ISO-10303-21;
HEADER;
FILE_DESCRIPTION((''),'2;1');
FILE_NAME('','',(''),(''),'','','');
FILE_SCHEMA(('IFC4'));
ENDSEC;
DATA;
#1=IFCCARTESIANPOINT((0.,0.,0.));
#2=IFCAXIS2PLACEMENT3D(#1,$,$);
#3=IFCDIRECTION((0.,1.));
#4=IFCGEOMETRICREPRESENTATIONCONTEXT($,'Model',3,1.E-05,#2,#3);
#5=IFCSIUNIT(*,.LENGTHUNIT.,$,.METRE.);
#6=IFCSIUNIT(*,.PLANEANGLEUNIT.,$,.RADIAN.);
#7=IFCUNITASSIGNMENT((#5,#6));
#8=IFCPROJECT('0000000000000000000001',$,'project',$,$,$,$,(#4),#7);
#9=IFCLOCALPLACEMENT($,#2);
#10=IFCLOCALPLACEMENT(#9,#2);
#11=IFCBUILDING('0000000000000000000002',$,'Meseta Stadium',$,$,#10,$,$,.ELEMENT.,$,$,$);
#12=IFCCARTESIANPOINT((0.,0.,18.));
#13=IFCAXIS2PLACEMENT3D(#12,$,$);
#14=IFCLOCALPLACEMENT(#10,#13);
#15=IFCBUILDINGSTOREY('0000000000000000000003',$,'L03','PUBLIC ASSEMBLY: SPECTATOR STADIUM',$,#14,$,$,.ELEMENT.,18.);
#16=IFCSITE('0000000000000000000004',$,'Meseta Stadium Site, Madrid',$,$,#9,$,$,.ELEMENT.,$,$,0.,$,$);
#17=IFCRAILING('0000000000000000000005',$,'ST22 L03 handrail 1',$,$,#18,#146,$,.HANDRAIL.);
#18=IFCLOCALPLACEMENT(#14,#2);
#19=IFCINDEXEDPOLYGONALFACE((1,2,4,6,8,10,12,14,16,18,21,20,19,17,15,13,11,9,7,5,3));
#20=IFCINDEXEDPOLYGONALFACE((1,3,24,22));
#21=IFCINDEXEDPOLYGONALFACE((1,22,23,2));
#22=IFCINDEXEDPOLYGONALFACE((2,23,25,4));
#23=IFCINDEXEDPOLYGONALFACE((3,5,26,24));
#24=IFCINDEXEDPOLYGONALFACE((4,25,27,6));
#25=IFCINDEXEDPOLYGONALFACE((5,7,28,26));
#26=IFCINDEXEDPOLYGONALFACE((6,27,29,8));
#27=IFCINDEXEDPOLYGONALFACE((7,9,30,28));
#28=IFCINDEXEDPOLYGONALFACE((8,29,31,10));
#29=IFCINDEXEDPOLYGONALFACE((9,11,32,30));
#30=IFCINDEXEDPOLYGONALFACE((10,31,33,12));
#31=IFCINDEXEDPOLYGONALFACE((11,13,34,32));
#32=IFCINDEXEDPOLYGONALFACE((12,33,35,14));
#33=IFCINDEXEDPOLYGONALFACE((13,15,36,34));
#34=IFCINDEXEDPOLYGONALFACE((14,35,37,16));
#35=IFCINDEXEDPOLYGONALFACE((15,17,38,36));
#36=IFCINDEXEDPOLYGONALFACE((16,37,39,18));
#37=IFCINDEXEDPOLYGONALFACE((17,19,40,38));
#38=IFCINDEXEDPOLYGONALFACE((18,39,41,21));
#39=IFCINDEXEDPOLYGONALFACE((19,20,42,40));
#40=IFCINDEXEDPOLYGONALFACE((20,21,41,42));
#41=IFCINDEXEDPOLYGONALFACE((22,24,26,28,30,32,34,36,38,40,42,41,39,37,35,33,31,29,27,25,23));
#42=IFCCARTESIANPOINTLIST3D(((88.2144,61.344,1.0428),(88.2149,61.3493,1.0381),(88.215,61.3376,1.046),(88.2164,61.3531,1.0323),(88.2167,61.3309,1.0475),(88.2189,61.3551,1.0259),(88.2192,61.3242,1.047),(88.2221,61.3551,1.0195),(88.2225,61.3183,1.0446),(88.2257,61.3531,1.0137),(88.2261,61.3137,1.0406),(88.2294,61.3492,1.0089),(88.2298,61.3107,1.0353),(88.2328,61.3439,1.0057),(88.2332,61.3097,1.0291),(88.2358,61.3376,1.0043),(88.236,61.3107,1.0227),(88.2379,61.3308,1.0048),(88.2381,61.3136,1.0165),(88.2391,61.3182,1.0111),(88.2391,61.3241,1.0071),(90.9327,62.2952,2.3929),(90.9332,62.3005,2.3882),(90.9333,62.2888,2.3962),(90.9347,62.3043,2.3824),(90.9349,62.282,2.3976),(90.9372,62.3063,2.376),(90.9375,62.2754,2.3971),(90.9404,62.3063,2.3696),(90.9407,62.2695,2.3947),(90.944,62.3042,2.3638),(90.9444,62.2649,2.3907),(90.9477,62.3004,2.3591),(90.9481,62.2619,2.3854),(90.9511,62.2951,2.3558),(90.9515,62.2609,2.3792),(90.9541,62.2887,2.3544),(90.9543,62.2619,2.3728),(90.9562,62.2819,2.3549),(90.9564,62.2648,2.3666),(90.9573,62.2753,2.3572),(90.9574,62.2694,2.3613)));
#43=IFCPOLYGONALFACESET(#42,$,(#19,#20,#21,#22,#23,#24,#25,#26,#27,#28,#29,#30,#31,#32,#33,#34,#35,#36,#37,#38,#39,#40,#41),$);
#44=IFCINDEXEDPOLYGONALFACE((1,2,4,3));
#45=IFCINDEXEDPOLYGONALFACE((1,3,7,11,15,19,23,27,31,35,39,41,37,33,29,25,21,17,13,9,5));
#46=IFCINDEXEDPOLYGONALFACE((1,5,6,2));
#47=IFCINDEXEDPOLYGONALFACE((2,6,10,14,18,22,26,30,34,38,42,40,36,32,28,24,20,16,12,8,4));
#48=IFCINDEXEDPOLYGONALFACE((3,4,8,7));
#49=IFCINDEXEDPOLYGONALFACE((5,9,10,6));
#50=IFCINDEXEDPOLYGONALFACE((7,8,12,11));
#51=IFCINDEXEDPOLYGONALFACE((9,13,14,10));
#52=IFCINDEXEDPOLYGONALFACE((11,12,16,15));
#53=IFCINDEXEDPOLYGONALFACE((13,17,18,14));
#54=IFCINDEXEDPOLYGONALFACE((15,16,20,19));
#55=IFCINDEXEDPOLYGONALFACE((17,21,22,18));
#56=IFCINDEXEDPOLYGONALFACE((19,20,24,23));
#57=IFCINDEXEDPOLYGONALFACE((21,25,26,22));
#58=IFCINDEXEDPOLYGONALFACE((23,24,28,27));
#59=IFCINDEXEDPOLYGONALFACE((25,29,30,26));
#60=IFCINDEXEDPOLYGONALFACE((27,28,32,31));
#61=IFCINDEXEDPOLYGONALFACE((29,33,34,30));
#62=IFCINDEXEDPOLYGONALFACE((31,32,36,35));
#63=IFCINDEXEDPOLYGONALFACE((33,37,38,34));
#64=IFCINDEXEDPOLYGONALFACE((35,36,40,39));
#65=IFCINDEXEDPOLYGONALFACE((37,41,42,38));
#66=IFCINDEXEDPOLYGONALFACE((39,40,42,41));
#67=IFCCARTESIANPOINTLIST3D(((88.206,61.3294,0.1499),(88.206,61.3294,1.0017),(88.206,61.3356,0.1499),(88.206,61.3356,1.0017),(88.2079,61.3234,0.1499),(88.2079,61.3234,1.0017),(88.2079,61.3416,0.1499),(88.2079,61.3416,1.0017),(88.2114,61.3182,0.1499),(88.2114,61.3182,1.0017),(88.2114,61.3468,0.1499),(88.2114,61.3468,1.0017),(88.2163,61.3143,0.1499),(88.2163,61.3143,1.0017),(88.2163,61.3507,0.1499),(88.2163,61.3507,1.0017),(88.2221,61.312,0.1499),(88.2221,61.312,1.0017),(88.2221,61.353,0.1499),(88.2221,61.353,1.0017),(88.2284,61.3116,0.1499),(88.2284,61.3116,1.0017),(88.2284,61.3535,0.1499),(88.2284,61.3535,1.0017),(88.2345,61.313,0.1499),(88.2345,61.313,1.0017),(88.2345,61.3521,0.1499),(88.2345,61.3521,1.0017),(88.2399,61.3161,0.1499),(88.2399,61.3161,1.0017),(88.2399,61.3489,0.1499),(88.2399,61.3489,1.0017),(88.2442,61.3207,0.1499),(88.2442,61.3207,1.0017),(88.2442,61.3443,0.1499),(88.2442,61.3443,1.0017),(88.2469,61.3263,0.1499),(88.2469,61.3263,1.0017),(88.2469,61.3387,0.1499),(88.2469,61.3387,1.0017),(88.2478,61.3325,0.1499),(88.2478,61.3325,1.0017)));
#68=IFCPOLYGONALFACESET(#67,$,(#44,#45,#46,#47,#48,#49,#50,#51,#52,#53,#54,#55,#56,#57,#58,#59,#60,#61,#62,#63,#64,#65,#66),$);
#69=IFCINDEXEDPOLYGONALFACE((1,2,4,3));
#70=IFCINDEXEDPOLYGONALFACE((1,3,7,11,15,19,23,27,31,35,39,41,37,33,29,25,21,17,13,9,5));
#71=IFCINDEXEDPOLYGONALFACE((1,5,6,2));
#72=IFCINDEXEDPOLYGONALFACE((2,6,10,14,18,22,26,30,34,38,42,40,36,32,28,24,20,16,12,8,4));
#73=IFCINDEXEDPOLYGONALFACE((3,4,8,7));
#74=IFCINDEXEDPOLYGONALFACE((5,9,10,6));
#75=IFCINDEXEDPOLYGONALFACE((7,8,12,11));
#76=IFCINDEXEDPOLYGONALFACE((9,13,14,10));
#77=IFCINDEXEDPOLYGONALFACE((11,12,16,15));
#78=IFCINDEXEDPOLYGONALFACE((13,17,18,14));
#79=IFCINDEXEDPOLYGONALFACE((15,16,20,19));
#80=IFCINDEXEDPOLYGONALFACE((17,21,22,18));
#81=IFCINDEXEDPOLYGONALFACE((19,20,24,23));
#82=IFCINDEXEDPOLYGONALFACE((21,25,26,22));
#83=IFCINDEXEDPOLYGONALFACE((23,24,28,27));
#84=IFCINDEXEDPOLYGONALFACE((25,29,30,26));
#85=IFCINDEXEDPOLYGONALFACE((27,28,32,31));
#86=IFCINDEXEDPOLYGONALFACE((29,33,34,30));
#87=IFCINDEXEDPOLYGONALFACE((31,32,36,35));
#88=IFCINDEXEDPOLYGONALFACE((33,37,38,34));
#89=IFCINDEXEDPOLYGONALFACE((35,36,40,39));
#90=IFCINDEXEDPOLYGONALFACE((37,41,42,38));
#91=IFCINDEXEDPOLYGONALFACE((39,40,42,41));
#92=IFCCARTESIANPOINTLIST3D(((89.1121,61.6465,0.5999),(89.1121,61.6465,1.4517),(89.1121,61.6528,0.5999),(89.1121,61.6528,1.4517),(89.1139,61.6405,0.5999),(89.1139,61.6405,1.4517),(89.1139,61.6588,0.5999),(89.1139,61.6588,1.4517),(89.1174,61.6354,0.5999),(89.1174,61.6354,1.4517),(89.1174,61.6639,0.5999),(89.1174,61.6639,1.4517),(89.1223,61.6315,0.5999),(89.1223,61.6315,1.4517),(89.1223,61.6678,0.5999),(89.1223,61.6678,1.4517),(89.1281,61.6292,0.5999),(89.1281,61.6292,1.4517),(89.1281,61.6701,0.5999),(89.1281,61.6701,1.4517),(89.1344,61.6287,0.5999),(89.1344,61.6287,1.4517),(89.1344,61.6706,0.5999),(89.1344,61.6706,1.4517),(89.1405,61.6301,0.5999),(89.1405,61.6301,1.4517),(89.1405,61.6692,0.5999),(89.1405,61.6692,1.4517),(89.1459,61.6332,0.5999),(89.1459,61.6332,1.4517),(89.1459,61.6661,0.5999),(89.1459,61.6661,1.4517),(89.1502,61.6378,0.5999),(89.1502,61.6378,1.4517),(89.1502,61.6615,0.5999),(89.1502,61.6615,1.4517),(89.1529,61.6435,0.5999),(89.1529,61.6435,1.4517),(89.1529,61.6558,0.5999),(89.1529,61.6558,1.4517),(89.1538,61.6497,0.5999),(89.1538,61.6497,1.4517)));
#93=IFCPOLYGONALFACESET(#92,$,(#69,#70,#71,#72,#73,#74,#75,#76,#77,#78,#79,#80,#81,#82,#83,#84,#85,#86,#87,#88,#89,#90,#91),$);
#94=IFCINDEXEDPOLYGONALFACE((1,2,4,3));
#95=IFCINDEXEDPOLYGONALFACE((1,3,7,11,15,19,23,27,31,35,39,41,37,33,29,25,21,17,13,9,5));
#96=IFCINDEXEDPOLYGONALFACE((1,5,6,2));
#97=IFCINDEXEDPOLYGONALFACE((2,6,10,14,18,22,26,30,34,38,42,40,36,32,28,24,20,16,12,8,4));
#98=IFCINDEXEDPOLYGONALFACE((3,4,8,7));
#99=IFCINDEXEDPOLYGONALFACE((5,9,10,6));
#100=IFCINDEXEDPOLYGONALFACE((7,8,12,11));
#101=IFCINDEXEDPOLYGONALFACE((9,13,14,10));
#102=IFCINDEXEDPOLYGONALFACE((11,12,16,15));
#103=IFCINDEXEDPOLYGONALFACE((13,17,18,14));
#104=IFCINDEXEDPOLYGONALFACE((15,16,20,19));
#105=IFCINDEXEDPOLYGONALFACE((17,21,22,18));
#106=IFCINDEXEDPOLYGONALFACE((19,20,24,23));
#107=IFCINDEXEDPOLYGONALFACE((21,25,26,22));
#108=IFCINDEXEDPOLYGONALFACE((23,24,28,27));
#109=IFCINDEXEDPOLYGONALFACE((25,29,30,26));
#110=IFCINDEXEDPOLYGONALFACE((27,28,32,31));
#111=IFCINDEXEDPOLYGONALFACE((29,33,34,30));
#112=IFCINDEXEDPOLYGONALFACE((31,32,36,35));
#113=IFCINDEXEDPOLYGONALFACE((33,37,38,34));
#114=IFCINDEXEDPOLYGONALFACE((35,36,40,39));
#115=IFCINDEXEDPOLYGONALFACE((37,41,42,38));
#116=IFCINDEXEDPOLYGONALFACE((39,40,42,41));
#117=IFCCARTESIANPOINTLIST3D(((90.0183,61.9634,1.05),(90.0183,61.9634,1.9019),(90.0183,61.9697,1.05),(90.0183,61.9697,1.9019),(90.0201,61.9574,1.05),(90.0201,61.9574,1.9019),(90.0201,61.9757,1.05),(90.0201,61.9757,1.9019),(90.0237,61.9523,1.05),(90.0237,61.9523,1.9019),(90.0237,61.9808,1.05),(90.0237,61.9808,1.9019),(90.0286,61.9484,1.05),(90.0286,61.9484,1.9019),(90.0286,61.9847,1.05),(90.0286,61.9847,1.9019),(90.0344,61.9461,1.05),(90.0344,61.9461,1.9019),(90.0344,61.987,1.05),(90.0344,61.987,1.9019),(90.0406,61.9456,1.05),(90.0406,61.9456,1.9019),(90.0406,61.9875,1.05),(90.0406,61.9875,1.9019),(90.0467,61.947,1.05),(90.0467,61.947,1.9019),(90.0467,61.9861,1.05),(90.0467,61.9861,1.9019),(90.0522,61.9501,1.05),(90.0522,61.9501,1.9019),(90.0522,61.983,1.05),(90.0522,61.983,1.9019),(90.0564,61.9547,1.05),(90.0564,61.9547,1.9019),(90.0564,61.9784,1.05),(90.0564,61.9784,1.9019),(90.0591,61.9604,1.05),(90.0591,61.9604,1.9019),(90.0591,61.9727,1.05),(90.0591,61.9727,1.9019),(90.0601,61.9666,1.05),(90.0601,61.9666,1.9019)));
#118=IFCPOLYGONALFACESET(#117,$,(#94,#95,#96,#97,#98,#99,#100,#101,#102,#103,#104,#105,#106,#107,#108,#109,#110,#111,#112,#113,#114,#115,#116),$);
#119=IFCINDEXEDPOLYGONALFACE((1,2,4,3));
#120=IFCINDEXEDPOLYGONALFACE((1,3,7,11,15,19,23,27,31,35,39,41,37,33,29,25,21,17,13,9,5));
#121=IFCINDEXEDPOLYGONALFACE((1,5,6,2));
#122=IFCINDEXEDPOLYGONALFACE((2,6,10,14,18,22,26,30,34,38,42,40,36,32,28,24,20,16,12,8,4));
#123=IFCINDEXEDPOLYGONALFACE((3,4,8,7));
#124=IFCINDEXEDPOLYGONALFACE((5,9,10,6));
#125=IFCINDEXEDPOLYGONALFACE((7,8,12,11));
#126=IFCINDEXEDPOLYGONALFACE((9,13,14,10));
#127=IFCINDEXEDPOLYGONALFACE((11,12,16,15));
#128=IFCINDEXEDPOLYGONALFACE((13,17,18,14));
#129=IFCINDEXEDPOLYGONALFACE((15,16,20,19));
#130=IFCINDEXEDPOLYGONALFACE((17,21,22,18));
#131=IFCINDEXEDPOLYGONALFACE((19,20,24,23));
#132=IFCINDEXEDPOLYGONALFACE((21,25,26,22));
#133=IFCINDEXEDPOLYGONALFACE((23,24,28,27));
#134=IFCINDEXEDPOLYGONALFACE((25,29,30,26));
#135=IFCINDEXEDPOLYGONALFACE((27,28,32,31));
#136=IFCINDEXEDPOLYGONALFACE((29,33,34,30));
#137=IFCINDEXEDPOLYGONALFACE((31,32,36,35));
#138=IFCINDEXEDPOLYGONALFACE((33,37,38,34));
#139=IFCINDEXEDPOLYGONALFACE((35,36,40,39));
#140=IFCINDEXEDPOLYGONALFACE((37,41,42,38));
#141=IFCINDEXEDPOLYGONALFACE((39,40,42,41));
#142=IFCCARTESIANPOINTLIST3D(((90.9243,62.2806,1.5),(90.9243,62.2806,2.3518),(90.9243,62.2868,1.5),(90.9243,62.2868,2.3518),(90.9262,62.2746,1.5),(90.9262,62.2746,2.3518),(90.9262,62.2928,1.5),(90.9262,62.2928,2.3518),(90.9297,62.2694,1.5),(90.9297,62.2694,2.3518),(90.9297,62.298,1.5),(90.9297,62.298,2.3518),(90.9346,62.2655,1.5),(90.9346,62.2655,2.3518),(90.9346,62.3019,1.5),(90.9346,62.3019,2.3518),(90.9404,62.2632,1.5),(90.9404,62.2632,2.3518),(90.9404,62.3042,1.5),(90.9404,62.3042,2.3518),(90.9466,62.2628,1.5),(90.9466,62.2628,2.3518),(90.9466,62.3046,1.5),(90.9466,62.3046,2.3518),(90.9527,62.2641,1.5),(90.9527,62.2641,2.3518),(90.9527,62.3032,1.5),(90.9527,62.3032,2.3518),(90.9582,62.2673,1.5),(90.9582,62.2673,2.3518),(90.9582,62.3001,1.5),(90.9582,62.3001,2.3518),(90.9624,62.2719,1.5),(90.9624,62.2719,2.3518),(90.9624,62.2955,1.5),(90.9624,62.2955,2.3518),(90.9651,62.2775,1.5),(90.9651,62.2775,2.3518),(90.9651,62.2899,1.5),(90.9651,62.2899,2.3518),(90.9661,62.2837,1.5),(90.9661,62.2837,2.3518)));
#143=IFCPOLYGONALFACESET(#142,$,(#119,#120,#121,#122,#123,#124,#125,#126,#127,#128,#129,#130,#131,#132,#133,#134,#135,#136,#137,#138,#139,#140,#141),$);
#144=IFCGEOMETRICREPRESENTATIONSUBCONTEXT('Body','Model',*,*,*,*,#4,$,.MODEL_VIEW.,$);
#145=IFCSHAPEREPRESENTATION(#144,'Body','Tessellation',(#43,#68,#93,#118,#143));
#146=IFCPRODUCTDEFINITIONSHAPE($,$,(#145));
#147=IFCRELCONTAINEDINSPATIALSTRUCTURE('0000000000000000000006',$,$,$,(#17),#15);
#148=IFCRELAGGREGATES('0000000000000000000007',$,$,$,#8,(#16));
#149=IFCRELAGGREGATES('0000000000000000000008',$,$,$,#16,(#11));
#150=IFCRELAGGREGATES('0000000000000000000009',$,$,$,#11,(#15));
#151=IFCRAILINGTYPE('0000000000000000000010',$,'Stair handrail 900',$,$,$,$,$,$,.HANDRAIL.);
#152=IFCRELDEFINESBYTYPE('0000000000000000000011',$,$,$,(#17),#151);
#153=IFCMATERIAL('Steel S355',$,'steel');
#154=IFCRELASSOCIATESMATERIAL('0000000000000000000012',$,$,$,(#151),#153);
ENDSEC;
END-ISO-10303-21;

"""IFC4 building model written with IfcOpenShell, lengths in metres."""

from ifc_helpers import new_model, si_unit, direction, frame, origin, origin_2d, place, context, subcontext, project, spatial, circle, extrude, material, type_object, element, save


model = new_model("IFC4")

# Units and contexts
model_context = context("Model", 3, precision=1e-05, world=origin(), true_north=direction((0.0, 1.0)))
body_context = subcontext(model_context, "Body", "Model", "MODEL_VIEW")
ifc_project = project(units=[si_unit("LENGTHUNIT", "METRE"), si_unit("PLANEANGLEUNIT", "RADIAN")], contexts=[model_context])

# Site, building, storey
site_placement = place(None, origin())
site = spatial("IfcSite", under=ifc_project, at=site_placement, Name="Meseta Stadium Site, Madrid", CompositionType="ELEMENT", RefElevation=0.0)
building_placement = place(site_placement, origin())
building = spatial("IfcBuilding", under=site, at=building_placement, Name="Meseta Stadium", CompositionType="ELEMENT")
storey_placement = place(building_placement, frame((0.0, 0.0, 18.0)))
storey = spatial("IfcBuildingStorey", under=building, at=storey_placement, Name="L03", Description="PUBLIC ASSEMBLY: SPECTATOR STADIUM", CompositionType="ELEMENT", Elevation=18.0)

# Railing
ifc_material_1 = material(Name="Steel S355", Category="steel")
railing_type_1 = type_object("IfcRailingType", Name="Stair handrail 900", PredefinedType="HANDRAIL", material=ifc_material_1)
for number, where, name in (
    (1, (88.2268, 61.3325, 0.1499), "ST22 L03 handrail 1"),
):
    element("IfcRailing", number, at=place(storey_placement, frame(where)), inside=storey, type_object=railing_type_1, Name=name, PredefinedType="HANDRAIL", context=body_context, shape_type="SweptSolid", body=[
        extrude(circle(Radius=0.0239, at=origin_2d()), frame((0.0, 0.0, 0.876), z_axis=(0.854629, 0.299051, 0.424474), x_axis=(-0.330282, 0.943882, 0.0)), (0.0, 0.0, 1.0), 3.1807),
        extrude(circle(Radius=0.021, at=origin_2d()), origin(), (0.0, 0.0, 1.0), 0.8518),
        extrude(circle(Radius=0.021, at=origin_2d()), frame((0.906, 0.3171, 0.45)), (0.0, 0.0, 1.0), 0.8518),
        extrude(circle(Radius=0.021, at=origin_2d()), frame((1.8123, 0.634, 0.9001)), (0.0, 0.0, 1.0), 0.8518),
        extrude(circle(Radius=0.021, at=origin_2d()), frame((2.7183, 0.9512, 1.3501)), (0.0, 0.0, 1.0), 0.8518),
    ])

save(model, "model.ifc")
